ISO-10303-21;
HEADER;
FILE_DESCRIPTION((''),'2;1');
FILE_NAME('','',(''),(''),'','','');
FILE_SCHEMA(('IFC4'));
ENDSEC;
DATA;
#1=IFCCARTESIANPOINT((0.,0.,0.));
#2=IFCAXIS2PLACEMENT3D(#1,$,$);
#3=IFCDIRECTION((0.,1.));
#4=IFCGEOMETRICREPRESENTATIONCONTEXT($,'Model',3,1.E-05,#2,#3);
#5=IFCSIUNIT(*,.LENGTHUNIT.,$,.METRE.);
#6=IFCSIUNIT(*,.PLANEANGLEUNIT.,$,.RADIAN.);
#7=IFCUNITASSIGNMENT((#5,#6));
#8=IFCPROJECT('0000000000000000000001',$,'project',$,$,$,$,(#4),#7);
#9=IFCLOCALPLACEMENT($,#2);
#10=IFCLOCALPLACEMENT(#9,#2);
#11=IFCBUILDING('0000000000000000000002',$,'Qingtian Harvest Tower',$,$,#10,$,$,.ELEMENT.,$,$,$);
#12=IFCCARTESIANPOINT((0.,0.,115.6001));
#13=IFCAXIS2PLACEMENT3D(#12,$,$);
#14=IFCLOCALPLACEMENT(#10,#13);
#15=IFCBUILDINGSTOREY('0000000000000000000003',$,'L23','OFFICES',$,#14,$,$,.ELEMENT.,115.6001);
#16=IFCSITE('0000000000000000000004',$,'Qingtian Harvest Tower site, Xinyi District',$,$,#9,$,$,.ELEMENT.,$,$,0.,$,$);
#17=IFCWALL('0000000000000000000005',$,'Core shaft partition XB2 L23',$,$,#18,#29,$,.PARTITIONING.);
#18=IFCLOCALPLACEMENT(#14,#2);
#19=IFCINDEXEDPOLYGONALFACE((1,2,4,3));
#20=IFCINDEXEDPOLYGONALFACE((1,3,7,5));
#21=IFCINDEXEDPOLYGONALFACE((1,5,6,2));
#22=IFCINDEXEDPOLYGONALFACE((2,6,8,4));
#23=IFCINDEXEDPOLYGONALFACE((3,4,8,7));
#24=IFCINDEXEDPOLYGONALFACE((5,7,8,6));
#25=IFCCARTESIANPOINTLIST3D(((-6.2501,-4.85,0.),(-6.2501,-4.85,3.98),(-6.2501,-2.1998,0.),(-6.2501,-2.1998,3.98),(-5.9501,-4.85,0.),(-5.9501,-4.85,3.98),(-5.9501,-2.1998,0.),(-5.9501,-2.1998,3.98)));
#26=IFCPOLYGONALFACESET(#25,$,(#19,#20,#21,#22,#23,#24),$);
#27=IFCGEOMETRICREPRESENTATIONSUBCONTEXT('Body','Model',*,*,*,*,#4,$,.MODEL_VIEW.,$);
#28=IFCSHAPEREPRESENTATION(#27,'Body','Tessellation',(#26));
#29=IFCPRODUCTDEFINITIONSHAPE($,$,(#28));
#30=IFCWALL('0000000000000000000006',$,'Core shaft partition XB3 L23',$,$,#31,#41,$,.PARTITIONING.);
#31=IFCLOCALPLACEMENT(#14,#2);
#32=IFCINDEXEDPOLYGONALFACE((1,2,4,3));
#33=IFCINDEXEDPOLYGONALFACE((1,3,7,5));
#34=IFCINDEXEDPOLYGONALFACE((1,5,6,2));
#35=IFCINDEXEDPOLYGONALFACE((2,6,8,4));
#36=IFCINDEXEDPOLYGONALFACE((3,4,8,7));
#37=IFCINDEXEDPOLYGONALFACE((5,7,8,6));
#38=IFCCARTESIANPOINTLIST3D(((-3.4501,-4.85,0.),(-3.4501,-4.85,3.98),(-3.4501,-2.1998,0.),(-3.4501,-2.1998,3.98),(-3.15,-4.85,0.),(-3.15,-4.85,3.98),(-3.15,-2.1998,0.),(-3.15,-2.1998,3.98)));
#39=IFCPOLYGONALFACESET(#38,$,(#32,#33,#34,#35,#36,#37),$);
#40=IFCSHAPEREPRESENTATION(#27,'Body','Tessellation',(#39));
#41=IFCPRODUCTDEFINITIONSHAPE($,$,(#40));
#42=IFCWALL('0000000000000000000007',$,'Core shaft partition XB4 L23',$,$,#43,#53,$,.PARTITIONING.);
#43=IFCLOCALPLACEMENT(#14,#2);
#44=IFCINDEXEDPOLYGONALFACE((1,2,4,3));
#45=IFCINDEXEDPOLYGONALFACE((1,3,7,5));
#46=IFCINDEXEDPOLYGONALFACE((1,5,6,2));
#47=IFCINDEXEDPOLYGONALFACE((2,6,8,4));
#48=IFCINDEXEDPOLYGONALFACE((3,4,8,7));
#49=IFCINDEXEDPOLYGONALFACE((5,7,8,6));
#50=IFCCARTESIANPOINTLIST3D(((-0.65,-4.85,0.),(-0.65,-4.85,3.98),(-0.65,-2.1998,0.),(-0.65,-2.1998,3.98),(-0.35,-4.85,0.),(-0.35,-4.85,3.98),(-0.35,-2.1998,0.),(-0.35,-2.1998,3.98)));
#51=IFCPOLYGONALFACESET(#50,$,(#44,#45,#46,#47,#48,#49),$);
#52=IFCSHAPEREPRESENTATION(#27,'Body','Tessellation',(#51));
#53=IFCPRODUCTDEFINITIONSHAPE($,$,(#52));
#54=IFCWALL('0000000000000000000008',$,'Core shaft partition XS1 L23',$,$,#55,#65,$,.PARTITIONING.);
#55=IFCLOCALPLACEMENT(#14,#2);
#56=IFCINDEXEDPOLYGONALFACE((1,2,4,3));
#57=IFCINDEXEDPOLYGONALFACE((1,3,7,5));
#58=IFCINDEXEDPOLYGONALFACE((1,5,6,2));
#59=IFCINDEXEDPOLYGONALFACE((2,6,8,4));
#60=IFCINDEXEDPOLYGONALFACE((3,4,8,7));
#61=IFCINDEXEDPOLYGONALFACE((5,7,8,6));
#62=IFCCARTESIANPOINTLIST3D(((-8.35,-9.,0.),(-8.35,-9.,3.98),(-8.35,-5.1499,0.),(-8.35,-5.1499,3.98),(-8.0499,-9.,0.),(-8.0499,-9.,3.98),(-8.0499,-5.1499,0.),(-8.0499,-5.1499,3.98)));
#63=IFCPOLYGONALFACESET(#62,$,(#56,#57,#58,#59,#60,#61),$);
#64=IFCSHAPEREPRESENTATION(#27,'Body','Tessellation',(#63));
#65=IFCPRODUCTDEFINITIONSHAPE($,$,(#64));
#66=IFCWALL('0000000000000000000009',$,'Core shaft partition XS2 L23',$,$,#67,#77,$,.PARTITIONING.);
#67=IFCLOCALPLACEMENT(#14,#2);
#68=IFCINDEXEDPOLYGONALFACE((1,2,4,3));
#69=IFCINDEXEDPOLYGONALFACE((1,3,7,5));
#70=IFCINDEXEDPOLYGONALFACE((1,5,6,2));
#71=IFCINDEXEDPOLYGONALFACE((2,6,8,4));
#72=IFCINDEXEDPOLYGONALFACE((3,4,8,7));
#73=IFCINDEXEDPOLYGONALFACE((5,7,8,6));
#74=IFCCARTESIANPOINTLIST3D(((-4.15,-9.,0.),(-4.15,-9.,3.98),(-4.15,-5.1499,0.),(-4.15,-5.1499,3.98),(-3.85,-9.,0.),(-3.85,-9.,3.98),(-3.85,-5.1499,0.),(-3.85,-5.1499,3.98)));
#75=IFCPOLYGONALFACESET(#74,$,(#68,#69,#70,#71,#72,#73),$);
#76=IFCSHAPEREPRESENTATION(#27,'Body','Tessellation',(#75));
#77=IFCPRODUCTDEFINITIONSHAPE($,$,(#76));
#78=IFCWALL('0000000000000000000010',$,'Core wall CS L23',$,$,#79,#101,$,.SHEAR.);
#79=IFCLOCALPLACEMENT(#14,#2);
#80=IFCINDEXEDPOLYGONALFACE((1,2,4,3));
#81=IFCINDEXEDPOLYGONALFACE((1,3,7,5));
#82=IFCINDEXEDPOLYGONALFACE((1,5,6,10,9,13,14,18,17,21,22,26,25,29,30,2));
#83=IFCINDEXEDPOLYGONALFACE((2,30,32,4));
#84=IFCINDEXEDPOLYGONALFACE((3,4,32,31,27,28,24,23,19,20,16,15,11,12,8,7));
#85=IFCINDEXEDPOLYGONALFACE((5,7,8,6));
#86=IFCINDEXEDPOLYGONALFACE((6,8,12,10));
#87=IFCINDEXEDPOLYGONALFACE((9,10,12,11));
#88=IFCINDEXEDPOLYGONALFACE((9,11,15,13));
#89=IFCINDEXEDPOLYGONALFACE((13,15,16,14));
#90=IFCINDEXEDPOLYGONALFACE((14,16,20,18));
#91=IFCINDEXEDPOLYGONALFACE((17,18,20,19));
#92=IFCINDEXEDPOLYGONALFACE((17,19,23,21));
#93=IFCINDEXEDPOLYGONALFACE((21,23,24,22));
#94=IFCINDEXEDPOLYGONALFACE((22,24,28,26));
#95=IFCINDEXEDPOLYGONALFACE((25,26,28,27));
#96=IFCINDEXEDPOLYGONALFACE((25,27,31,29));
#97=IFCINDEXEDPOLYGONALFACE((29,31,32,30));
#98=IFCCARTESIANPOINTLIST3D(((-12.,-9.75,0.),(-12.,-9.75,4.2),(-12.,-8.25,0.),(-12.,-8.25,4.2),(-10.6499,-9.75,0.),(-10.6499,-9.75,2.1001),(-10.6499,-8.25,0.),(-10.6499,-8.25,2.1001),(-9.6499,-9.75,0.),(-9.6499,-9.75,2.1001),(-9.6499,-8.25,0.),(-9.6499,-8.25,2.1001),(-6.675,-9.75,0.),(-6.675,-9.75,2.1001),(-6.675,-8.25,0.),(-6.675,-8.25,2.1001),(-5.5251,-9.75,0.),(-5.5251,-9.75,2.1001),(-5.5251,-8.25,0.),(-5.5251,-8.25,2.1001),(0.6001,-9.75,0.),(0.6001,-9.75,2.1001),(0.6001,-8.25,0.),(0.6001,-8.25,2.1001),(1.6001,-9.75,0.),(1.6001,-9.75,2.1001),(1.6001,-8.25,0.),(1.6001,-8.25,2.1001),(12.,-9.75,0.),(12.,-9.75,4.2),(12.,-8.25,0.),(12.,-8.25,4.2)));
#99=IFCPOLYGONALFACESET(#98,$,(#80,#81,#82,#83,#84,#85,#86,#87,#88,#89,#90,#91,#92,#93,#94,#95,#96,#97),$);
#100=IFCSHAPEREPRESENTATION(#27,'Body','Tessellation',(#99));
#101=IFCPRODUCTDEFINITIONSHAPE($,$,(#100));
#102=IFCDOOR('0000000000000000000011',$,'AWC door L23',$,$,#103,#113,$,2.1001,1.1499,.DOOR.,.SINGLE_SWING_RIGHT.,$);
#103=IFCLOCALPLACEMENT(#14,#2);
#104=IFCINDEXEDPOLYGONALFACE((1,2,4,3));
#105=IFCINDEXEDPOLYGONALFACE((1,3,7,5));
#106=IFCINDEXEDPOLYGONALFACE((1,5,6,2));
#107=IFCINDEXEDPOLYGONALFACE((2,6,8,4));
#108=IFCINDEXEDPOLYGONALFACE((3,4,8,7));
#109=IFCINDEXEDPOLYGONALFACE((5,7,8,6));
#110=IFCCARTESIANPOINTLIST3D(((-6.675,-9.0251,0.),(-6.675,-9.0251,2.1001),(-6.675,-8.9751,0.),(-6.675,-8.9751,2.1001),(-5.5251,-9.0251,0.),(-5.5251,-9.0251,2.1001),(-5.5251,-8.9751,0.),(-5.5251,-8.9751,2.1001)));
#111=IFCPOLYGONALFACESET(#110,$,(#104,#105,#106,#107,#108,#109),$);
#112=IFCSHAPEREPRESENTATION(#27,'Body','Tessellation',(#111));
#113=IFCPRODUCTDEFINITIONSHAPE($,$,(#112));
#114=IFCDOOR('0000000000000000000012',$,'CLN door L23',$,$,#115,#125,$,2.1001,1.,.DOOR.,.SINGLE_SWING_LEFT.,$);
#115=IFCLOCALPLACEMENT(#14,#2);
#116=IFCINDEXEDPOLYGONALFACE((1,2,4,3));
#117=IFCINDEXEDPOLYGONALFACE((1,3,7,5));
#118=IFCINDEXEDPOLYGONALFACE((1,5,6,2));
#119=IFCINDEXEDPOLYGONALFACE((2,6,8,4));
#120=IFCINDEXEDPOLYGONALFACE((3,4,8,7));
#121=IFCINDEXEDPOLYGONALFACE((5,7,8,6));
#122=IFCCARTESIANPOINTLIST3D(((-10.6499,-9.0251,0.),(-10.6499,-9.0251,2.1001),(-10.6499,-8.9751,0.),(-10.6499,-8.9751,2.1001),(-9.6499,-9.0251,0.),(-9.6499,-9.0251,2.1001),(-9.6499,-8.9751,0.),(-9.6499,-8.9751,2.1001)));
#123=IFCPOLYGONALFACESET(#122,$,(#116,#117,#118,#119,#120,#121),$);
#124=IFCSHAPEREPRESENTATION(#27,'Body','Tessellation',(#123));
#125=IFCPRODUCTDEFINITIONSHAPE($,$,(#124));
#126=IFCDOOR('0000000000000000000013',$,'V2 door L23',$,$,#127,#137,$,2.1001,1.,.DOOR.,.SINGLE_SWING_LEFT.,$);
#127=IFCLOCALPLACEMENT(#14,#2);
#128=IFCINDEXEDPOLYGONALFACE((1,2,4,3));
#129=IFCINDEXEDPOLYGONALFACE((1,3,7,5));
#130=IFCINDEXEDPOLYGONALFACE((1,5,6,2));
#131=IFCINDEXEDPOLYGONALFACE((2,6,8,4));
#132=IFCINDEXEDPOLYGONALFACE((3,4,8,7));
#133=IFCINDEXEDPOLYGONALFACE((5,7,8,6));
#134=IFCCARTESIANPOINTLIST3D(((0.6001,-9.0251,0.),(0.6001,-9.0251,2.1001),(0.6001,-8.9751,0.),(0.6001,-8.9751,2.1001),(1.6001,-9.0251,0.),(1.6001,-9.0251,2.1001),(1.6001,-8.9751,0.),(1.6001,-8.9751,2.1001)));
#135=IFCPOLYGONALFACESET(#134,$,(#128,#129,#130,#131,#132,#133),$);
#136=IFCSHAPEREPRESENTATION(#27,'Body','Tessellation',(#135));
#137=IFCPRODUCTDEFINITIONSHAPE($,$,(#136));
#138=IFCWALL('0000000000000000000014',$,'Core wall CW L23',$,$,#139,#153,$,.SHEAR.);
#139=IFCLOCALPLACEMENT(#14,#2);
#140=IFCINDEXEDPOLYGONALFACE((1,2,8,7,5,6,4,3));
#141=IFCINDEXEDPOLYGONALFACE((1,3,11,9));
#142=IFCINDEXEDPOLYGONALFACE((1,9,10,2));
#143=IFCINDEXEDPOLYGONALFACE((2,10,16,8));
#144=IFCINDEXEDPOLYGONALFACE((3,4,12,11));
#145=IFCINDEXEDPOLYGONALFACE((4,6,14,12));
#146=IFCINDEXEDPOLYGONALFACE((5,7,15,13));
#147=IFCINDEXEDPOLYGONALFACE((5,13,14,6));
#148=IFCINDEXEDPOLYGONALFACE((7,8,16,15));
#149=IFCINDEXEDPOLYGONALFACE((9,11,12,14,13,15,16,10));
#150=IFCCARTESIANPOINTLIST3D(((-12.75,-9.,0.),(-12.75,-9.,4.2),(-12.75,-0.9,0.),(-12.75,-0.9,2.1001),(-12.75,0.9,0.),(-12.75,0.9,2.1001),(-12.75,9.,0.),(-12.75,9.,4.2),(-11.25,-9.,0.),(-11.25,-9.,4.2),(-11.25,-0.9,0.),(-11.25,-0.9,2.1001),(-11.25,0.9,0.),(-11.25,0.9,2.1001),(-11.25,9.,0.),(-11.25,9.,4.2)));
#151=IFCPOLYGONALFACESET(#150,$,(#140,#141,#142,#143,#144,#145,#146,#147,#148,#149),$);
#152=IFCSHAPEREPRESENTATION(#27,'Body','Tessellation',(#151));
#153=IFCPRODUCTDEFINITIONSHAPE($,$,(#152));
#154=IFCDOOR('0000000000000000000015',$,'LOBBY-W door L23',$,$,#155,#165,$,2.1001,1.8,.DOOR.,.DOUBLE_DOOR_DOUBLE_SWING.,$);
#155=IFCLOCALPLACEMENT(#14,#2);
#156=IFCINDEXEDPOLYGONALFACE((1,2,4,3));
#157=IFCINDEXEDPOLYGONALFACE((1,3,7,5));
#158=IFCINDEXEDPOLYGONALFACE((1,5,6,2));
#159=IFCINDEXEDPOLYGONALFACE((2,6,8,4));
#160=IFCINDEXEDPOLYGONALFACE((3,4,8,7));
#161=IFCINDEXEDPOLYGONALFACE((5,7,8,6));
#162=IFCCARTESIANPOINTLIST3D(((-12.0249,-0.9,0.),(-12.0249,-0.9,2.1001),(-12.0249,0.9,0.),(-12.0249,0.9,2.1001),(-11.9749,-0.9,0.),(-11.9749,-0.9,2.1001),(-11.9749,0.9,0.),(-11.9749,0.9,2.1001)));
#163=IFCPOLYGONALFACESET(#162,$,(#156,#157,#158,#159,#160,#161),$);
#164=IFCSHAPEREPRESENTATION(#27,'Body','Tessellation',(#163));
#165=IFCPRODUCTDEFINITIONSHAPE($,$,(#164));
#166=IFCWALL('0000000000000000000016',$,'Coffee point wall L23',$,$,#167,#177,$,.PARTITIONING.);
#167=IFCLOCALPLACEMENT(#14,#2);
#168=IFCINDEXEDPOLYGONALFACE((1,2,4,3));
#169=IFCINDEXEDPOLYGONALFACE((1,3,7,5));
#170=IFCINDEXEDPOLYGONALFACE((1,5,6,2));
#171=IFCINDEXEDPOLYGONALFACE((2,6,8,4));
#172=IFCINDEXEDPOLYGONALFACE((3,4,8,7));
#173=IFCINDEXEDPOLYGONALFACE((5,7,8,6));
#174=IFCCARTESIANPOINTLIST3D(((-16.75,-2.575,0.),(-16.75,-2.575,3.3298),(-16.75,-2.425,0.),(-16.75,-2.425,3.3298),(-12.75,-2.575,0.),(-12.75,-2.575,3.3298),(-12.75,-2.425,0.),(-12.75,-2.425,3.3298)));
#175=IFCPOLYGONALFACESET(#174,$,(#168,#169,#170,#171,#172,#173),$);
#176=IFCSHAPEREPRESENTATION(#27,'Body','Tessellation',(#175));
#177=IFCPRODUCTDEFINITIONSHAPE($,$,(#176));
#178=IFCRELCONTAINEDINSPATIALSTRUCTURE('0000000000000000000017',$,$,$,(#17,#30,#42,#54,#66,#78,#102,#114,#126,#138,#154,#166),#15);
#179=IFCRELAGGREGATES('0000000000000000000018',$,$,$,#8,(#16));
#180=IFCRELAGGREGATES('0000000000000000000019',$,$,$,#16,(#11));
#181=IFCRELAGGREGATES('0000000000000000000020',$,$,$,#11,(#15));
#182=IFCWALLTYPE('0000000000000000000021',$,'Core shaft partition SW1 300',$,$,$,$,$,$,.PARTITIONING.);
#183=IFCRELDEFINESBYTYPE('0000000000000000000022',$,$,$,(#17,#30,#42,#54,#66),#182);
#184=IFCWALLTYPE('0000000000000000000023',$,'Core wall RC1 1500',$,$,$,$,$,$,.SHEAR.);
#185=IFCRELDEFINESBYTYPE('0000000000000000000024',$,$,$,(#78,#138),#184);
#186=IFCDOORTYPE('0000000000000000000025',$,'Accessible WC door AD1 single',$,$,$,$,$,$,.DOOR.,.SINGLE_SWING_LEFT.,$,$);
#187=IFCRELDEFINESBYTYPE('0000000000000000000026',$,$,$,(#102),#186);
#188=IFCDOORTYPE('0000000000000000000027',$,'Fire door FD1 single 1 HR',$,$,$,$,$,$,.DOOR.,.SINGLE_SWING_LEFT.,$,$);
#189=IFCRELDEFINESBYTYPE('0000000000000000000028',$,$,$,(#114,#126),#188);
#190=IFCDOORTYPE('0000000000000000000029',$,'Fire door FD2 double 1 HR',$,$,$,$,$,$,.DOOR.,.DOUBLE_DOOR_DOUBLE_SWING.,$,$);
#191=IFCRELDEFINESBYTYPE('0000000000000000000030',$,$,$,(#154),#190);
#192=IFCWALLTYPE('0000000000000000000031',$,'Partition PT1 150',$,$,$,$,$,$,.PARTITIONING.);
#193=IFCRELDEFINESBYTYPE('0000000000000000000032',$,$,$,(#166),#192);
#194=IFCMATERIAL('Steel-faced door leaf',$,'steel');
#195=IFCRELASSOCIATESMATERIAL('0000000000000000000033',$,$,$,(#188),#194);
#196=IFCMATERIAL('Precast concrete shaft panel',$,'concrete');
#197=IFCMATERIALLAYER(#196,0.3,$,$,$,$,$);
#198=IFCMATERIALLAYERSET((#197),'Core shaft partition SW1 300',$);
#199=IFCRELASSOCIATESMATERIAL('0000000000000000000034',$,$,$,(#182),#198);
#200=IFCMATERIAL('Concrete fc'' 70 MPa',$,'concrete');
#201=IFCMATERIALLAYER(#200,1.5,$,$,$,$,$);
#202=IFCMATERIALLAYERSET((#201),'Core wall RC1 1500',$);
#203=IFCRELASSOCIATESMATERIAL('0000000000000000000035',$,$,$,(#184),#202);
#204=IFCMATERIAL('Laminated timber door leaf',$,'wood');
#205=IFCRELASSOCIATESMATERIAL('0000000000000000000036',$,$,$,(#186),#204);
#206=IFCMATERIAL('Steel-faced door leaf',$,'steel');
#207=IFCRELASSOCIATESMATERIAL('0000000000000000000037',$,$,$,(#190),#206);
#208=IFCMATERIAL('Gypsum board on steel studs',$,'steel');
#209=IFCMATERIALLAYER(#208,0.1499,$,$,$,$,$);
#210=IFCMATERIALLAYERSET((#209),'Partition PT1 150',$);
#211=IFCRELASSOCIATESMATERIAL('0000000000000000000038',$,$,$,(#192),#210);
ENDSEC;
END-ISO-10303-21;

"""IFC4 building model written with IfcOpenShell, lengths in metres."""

from ifc_helpers import new_model, si_unit, direction, frame, frame_2d, origin, place, context, subcontext, project, spatial, rectangle, extrude, material, layer, layer_set, type_object, element, fill, save


model = new_model("IFC4")

# Units and contexts
model_context = context("Model", 3, precision=1e-05, world=origin(), true_north=direction((0.0, 1.0)))
body_context = subcontext(model_context, "Body", "Model", "MODEL_VIEW")
ifc_project = project(units=[si_unit("LENGTHUNIT", "METRE"), si_unit("PLANEANGLEUNIT", "RADIAN")], contexts=[model_context])

# Site, building, storey
site_placement = place(None, origin())
site = spatial("IfcSite", under=ifc_project, at=site_placement, Name="Qingtian Harvest Tower site, Xinyi District", CompositionType="ELEMENT", RefElevation=0.0)
building_placement = place(site_placement, origin())
building = spatial("IfcBuilding", under=site, at=building_placement, Name="Qingtian Harvest Tower", CompositionType="ELEMENT")
storey_placement = place(building_placement, frame((0.0, 0.0, 115.6001)))
storey = spatial("IfcBuildingStorey", under=building, at=storey_placement, Name="L23", Description="OFFICES", CompositionType="ELEMENT", Elevation=115.6001)

# Shared definitions
ifc_material_1 = material(Name="Steel-faced door leaf", Category="steel")
door_type_1 = type_object("IfcDoorType", Name="Fire door FD1 single 1 HR", OperationType="SINGLE_SWING_LEFT", PredefinedType="DOOR", material=ifc_material_1)

# Walls
ifc_material_2 = material(Name="Precast concrete shaft panel", Category="concrete")
ifc_layer_1 = layer(ifc_material_2, 0.3)
ifc_layer_set_1 = layer_set([ifc_layer_1], Name="Core shaft partition SW1 300")
wall_type_1 = type_object("IfcWallType", Name="Core shaft partition SW1 300", PredefinedType="PARTITIONING", material=ifc_layer_set_1)
for number, where, z_axis, x_axis, name in (
    (1, (-6.1001, -4.8501, 0.0), (0.0, 0.0, 1.0), (0.0, 1.0, 0.0), "Core shaft partition XB2 L23"),
    (2, (-3.3, -4.8501, 0.0), (0.0, 0.0, 1.0), (0.0, 1.0, 0.0), "Core shaft partition XB3 L23"),
    (3, (-0.5, -4.8501, 0.0), (0.0, 0.0, 1.0), (0.0, 1.0, 0.0), "Core shaft partition XB4 L23"),
):
    element("IfcWall", number, at=place(storey_placement, frame(where, z_axis=z_axis, x_axis=x_axis)), inside=storey, type_object=wall_type_1, Name=name, PredefinedType="PARTITIONING", context=body_context, shape_type="SweptSolid", body=[
        extrude(rectangle(XDim=2.6501, YDim=0.3, at=frame_2d((1.3252, 0.0))), origin(), (0.0, 0.0, 1.0), 3.98),
    ])
for number, where, z_axis, x_axis, name in (
    (4, (-8.2, -9.0, 0.0), (0.0, 0.0, 1.0), (0.0, 1.0, 0.0), "Core shaft partition XS1 L23"),
    (5, (-4.0, -9.0, 0.0), (0.0, 0.0, 1.0), (0.0, 1.0, 0.0), "Core shaft partition XS2 L23"),
):
    element("IfcWall", number, at=place(storey_placement, frame(where, z_axis=z_axis, x_axis=x_axis)), inside=storey, type_object=wall_type_1, Name=name, PredefinedType="PARTITIONING", context=body_context, shape_type="SweptSolid", body=[
        extrude(rectangle(XDim=3.8501, YDim=0.3, at=frame_2d((1.925, 0.0))), origin(), (0.0, 0.0, 1.0), 3.98),
    ])

# Wall, openings, doors
ifc_material_3 = material(Name="Concrete fc' 70 MPa", Category="concrete")
ifc_layer_2 = layer(ifc_material_3, 1.5)
ifc_layer_set_2 = layer_set([ifc_layer_2], Name="Core wall RC1 1500")
wall_type_2 = type_object("IfcWallType", Name="Core wall RC1 1500", PredefinedType="SHEAR", material=ifc_layer_set_2)
wall_1_placement = place(storey_placement, frame((-12.0, -9.0, 0.0), z_axis=(0.0, 0.0, 1.0), x_axis=(1.0, 0.0, 0.0)))
wall_1 = element("IfcWall", 6, at=wall_1_placement, inside=storey, type_object=wall_type_2, Name="Core wall CS L23", PredefinedType="SHEAR", context=body_context, shape_type="SweptSolid", body=[
    extrude(rectangle(XDim=24.0, YDim=1.5, at=frame_2d((12.0, 0.0))), origin(), (0.0, 0.0, 1.0), 4.2),
])
opening_1_placement = place(wall_1_placement, frame((1.3501, 0.0, 0.0)))
opening_1 = element("IfcOpeningElement", 7, at=opening_1_placement, cuts=wall_1, PredefinedType="OPENING", context=body_context, shape_type="SweptSolid", body=[
    extrude(rectangle(XDim=1.0, YDim=2.1001, at=frame_2d((0.5, 1.05))), frame((0.0, 0.76, 0.0), z_axis=(0.0, -1.0, 0.0), x_axis=(1.0, 0.0, 0.0)), (0.0, 0.0, 1.0), 1.52),
])
opening_2_placement = place(wall_1_placement, frame((5.325, 0.0, 0.0)))
opening_2 = element("IfcOpeningElement", 8, at=opening_2_placement, cuts=wall_1, PredefinedType="OPENING", context=body_context, shape_type="SweptSolid", body=[
    extrude(rectangle(XDim=1.1499, YDim=2.1001, at=frame_2d((0.575, 1.05))), frame((0.0, 0.76, 0.0), z_axis=(0.0, -1.0, 0.0), x_axis=(1.0, 0.0, 0.0)), (0.0, 0.0, 1.0), 1.52),
])
opening_3_placement = place(wall_1_placement, frame((12.6001, 0.0, 0.0)))
opening_3 = element("IfcOpeningElement", 9, at=opening_3_placement, cuts=wall_1, PredefinedType="OPENING", context=body_context, shape_type="SweptSolid", body=[
    extrude(rectangle(XDim=1.0, YDim=2.1001, at=frame_2d((0.5, 1.05))), frame((0.0, 0.76, 0.0), z_axis=(0.0, -1.0, 0.0), x_axis=(1.0, 0.0, 0.0)), (0.0, 0.0, 1.0), 1.52),
])
ifc_material_4 = material(Name="Laminated timber door leaf", Category="wood")
door_type_2 = type_object("IfcDoorType", Name="Accessible WC door AD1 single", OperationType="SINGLE_SWING_LEFT", PredefinedType="DOOR", material=ifc_material_4)
door_1_placement = place(opening_2_placement, origin())
door_1 = element("IfcDoor", 10, at=door_1_placement, inside=storey, type_object=door_type_2, Name="AWC door L23", OperationType="SINGLE_SWING_RIGHT", OverallHeight=2.1001, OverallWidth=1.1499, PredefinedType="DOOR", context=body_context, shape_type="SweptSolid", body=[
    extrude(rectangle(XDim=1.1499, YDim=2.1001, at=frame_2d((0.575, 1.05))), frame((0.0, 0.0249, 0.0), z_axis=(0.0, -1.0, 0.0), x_axis=(1.0, 0.0, 0.0)), (0.0, 0.0, 1.0), 0.05),
])
fill(opening_2, door_1)
door_2_placement = place(opening_1_placement, origin())
door_2 = element("IfcDoor", 11, at=door_2_placement, inside=storey, type_object=door_type_1, Name="CLN door L23", OperationType="SINGLE_SWING_LEFT", OverallHeight=2.1001, OverallWidth=1.0, PredefinedType="DOOR", context=body_context, shape_type="SweptSolid", body=[
    extrude(rectangle(XDim=1.0, YDim=2.1001, at=frame_2d((0.5, 1.05))), frame((0.0, 0.0249, 0.0), z_axis=(0.0, -1.0, 0.0), x_axis=(1.0, 0.0, 0.0)), (0.0, 0.0, 1.0), 0.05),
])
fill(opening_1, door_2)
door_3_placement = place(opening_3_placement, origin())
door_3 = element("IfcDoor", 12, at=door_3_placement, inside=storey, type_object=door_type_1, Name="V2 door L23", OperationType="SINGLE_SWING_LEFT", OverallHeight=2.1001, OverallWidth=1.0, PredefinedType="DOOR", context=body_context, shape_type="SweptSolid", body=[
    extrude(rectangle(XDim=1.0, YDim=2.1001, at=frame_2d((0.5, 1.05))), frame((0.0, 0.0249, 0.0), z_axis=(0.0, -1.0, 0.0), x_axis=(1.0, 0.0, 0.0)), (0.0, 0.0, 1.0), 0.05),
])
fill(opening_3, door_3)

# Wall, opening, door
wall_2_placement = place(storey_placement, frame((-12.0, -9.0, 0.0), z_axis=(0.0, 0.0, 1.0), x_axis=(0.0, 1.0, 0.0)))
wall_2 = element("IfcWall", 13, at=wall_2_placement, inside=storey, type_object=wall_type_2, Name="Core wall CW L23", PredefinedType="SHEAR", context=body_context, shape_type="SweptSolid", body=[
    extrude(rectangle(XDim=18.0, YDim=1.5, at=frame_2d((9.0, 0.0))), origin(), (0.0, 0.0, 1.0), 4.2),
])
opening_4_placement = place(wall_2_placement, frame((8.1001, 0.0, 0.0)))
opening_4 = element("IfcOpeningElement", 14, at=opening_4_placement, cuts=wall_2, PredefinedType="OPENING", context=body_context, shape_type="SweptSolid", body=[
    extrude(rectangle(XDim=1.8, YDim=2.1001, at=frame_2d((0.8999, 1.05))), frame((0.0, 0.76, 0.0), z_axis=(0.0, -1.0, 0.0), x_axis=(1.0, 0.0, 0.0)), (0.0, 0.0, 1.0), 1.52),
])
ifc_material_5 = material(Name="Steel-faced door leaf", Category="steel")
door_type_3 = type_object("IfcDoorType", Name="Fire door FD2 double 1 HR", OperationType="DOUBLE_DOOR_DOUBLE_SWING", PredefinedType="DOOR", material=ifc_material_5)
door_4_placement = place(opening_4_placement, origin())
door_4 = element("IfcDoor", 15, at=door_4_placement, inside=storey, type_object=door_type_3, Name="LOBBY-W door L23", OperationType="DOUBLE_DOOR_DOUBLE_SWING", OverallHeight=2.1001, OverallWidth=1.8, PredefinedType="DOOR", context=body_context, shape_type="SweptSolid", body=[
    extrude(rectangle(XDim=1.8, YDim=2.1001, at=frame_2d((0.8999, 1.05))), frame((0.0, 0.0249, 0.0), z_axis=(0.0, -1.0, 0.0), x_axis=(1.0, 0.0, 0.0)), (0.0, 0.0, 1.0), 0.05),
])
fill(opening_4, door_4)
ifc_material_6 = material(Name="Gypsum board on steel studs", Category="steel")
ifc_layer_3 = layer(ifc_material_6, 0.1499)
ifc_layer_set_3 = layer_set([ifc_layer_3], Name="Partition PT1 150")
wall_type_3 = type_object("IfcWallType", Name="Partition PT1 150", PredefinedType="PARTITIONING", material=ifc_layer_set_3)

# Wall
wall_3_placement = place(storey_placement, frame((-12.75, -2.5, 0.0), z_axis=(0.0, 0.0, 1.0), x_axis=(-1.0, 0.0, 0.0)))
element("IfcWall", 16, at=wall_3_placement, inside=storey, type_object=wall_type_3, Name="Coffee point wall L23", PredefinedType="PARTITIONING", context=body_context, shape_type="SweptSolid", body=[
    extrude(rectangle(XDim=4.0, YDim=0.1499, at=frame_2d((2.0, 0.0))), origin(), (0.0, 0.0, 1.0), 3.3298),
])

save(model, "model.ifc")
